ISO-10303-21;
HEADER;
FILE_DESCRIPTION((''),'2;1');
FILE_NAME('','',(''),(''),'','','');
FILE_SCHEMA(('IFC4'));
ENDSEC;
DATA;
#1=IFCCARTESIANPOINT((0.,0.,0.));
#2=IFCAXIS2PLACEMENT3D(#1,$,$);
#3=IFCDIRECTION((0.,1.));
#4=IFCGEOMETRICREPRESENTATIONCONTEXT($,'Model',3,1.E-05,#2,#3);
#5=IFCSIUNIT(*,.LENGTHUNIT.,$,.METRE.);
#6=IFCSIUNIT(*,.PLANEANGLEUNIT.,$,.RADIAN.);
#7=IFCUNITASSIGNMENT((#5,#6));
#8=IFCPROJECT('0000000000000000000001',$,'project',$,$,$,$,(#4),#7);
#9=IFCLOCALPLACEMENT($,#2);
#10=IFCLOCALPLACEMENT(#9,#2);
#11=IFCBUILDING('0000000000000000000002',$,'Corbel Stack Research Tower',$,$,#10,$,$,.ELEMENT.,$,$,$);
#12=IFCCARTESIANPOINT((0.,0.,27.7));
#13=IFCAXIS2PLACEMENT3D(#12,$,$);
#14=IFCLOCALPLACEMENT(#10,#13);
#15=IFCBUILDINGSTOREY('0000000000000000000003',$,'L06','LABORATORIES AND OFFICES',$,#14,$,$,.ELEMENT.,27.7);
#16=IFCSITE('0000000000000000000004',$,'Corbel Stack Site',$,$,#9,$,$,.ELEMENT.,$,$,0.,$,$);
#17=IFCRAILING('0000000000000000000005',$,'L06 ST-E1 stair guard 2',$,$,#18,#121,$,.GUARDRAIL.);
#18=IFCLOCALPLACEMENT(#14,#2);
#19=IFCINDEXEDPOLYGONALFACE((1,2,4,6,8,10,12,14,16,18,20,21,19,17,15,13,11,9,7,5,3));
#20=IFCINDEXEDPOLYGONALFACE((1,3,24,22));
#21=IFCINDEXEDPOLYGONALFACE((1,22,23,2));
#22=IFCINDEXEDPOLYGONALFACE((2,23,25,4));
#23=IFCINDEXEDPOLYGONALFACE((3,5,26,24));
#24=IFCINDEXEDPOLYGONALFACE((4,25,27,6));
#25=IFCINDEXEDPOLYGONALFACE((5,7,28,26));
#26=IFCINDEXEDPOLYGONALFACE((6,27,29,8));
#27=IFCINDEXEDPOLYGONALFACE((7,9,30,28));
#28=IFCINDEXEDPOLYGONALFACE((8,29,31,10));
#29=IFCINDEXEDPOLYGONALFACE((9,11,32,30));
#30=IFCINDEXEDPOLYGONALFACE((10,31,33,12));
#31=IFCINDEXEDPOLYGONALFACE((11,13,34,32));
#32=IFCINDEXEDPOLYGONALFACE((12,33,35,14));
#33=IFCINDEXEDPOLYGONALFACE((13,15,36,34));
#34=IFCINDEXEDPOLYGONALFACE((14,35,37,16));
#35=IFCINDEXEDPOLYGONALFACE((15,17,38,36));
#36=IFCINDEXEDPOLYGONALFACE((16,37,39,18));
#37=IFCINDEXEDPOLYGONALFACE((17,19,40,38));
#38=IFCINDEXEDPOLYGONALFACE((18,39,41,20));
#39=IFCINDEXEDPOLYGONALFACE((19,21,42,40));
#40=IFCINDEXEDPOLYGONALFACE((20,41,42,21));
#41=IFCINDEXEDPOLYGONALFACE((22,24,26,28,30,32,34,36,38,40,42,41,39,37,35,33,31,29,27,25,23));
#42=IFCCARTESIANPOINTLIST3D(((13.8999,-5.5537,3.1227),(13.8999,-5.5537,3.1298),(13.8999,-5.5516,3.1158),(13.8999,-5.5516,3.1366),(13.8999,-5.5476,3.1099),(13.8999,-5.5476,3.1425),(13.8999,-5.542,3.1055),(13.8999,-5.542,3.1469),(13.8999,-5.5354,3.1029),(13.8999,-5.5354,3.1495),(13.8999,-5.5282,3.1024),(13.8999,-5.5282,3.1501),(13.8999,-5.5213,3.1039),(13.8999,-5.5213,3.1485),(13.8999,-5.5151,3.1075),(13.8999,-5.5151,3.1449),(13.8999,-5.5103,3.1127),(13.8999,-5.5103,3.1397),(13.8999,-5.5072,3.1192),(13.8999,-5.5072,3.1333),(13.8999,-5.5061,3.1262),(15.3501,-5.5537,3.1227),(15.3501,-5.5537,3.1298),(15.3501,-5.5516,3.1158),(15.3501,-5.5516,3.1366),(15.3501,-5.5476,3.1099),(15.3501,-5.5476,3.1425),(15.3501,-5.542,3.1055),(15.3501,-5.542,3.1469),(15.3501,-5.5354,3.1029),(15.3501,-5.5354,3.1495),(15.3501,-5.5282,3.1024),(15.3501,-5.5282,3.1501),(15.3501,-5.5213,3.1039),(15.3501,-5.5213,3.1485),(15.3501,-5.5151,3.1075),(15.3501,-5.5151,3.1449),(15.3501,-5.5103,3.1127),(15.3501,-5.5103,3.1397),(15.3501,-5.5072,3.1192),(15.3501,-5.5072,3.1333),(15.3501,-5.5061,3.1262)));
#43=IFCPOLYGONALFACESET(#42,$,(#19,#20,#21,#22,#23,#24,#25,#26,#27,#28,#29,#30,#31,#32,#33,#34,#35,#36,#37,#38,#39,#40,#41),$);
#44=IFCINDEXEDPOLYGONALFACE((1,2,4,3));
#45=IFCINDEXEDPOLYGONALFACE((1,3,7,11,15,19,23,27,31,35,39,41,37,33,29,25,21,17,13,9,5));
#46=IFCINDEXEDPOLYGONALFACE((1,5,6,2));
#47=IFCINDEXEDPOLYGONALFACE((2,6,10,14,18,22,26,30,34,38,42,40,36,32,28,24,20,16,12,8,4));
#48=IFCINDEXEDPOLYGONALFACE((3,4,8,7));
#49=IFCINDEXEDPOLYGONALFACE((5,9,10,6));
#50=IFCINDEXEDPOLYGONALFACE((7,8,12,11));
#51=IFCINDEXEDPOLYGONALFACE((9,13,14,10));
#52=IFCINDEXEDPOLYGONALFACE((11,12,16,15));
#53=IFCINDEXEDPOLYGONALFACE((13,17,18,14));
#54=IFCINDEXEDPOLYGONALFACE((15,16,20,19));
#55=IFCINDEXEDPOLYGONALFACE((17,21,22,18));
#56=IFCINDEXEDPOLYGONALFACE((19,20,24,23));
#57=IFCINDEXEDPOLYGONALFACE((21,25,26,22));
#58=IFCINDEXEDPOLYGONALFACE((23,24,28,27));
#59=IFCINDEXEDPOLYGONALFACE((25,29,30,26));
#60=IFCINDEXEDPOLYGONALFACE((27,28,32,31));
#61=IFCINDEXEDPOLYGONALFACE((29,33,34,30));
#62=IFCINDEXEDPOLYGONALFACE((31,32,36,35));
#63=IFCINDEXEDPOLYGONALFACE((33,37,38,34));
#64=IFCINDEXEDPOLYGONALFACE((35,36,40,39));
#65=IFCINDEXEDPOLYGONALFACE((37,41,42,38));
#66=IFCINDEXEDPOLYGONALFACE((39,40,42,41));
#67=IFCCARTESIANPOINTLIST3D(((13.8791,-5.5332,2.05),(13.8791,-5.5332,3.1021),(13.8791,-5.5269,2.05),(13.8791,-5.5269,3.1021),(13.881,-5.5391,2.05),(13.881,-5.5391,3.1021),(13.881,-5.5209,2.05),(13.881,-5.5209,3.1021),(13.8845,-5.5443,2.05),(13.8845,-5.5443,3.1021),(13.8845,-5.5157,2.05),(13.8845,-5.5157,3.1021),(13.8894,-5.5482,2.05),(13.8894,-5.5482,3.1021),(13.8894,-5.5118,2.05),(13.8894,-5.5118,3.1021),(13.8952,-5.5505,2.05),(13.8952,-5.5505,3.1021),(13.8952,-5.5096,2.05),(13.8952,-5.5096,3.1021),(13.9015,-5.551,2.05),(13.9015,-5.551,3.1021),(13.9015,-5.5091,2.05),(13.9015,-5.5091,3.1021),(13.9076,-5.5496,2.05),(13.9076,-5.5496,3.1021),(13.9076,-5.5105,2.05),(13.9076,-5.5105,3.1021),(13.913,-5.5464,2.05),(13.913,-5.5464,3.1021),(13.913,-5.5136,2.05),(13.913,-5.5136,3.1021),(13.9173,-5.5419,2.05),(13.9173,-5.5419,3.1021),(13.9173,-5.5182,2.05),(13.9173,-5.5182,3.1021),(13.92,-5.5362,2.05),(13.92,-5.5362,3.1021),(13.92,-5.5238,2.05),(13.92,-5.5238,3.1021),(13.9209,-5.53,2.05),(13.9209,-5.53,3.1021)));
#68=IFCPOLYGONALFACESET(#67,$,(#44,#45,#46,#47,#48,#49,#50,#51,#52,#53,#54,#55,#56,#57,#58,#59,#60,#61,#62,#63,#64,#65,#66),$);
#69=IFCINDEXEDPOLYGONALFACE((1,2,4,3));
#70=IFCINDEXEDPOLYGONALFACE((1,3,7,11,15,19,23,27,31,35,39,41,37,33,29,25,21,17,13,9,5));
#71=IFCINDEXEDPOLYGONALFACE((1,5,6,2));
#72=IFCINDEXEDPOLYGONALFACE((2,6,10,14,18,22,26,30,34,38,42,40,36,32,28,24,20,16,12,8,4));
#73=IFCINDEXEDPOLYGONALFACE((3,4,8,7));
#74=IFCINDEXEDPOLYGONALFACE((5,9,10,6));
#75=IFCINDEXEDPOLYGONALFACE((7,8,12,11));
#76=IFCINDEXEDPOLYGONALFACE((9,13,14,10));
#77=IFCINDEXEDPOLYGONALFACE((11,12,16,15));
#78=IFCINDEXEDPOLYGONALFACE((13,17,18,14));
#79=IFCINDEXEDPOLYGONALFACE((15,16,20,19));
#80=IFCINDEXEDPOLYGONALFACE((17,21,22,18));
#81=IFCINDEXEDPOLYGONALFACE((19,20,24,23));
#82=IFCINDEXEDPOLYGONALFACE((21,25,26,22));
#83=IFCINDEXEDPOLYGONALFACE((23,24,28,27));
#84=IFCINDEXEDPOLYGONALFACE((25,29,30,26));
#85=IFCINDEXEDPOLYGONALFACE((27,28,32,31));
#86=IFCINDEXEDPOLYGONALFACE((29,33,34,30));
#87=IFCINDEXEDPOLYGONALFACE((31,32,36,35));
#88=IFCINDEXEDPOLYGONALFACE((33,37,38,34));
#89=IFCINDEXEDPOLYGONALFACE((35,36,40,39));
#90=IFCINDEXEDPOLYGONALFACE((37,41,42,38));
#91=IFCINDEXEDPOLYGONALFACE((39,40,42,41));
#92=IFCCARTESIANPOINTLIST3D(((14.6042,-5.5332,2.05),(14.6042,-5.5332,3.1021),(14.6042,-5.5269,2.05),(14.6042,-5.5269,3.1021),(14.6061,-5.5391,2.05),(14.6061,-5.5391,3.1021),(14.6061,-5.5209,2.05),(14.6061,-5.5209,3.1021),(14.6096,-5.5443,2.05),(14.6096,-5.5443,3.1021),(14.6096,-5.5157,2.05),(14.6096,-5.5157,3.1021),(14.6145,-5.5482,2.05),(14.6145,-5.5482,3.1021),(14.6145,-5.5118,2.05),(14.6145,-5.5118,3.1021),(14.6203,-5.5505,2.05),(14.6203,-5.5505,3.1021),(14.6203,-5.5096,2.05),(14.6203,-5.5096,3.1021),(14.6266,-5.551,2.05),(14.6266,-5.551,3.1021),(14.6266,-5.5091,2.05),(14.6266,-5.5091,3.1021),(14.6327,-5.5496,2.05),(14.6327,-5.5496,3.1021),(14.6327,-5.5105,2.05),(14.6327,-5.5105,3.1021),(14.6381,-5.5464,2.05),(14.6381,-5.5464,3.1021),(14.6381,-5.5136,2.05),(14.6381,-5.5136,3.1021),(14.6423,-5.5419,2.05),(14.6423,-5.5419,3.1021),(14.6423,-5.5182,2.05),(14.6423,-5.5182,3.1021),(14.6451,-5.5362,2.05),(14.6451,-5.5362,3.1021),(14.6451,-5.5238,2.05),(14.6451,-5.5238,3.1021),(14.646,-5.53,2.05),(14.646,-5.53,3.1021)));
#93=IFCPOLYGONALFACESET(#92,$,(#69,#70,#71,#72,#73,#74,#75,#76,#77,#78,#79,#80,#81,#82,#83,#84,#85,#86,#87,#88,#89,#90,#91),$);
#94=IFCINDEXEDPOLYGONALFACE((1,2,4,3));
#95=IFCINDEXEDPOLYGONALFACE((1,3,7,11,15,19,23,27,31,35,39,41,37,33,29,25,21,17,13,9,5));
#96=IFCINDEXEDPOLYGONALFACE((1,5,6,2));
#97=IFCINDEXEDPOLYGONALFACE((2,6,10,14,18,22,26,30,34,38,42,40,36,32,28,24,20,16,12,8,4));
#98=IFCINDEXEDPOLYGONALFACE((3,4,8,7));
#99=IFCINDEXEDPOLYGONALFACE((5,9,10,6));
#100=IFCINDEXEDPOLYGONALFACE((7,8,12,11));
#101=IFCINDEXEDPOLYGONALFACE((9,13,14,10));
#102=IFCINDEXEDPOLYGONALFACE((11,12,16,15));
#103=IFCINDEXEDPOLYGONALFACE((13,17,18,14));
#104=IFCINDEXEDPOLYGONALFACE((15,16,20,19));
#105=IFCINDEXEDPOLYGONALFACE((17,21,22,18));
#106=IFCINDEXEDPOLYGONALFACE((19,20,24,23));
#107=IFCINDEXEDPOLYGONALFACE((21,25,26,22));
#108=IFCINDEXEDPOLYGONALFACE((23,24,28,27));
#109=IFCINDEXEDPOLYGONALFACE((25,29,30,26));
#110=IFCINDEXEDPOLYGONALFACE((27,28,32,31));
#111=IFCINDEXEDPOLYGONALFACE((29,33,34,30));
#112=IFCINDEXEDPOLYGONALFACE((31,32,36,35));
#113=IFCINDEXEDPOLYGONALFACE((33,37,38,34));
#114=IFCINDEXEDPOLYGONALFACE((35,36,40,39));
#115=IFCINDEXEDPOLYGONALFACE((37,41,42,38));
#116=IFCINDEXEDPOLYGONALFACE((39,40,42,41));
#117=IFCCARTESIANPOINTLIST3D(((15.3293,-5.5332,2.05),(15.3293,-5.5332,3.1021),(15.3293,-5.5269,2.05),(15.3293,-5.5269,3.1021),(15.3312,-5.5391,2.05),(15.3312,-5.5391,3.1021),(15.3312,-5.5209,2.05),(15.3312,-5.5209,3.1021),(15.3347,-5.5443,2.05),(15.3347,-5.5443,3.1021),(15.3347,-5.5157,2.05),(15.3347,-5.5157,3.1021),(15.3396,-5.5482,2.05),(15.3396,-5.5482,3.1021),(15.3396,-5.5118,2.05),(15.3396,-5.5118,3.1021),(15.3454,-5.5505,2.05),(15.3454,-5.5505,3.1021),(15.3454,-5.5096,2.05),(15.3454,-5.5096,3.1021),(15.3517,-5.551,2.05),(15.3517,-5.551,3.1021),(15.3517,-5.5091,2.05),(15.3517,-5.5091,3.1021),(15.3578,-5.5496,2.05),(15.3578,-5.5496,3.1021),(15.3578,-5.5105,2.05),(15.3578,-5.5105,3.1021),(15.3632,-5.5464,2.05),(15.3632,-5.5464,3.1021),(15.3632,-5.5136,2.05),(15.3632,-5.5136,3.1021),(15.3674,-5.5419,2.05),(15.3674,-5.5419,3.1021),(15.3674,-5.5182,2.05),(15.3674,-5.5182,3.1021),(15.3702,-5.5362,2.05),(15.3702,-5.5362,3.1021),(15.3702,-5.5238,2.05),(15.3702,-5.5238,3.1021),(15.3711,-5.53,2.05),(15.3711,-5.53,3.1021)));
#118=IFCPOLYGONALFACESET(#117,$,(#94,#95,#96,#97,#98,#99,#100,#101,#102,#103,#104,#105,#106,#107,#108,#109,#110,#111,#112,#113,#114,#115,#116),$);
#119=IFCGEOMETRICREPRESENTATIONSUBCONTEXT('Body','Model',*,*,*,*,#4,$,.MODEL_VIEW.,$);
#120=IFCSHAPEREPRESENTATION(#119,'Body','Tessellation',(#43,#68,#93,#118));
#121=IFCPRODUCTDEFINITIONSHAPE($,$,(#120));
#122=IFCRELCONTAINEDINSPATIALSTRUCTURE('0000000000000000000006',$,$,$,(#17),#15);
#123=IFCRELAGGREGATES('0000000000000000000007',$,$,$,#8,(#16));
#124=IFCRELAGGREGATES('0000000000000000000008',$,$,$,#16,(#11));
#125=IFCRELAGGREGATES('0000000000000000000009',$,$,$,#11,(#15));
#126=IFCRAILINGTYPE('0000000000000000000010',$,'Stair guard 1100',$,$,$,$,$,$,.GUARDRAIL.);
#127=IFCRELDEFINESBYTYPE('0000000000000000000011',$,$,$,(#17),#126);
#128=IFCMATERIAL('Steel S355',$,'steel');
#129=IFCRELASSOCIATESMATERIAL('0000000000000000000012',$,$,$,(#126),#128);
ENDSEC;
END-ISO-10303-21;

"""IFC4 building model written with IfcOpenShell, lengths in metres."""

from ifc_helpers import new_model, si_unit, direction, frame, origin, origin_2d, place, context, subcontext, project, spatial, circle, extrude, material, type_object, element, save


model = new_model("IFC4")

# Units and contexts
model_context = context("Model", 3, precision=1e-05, world=origin(), true_north=direction((0.0, 1.0)))
body_context = subcontext(model_context, "Body", "Model", "MODEL_VIEW")
ifc_project = project(units=[si_unit("LENGTHUNIT", "METRE"), si_unit("PLANEANGLEUNIT", "RADIAN")], contexts=[model_context])

# Site, building, storey
site_placement = place(None, origin())
site = spatial("IfcSite", under=ifc_project, at=site_placement, Name="Corbel Stack Site", CompositionType="ELEMENT", RefElevation=0.0)
building_placement = place(site_placement, origin())
building = spatial("IfcBuilding", under=site, at=building_placement, Name="Corbel Stack Research Tower", CompositionType="ELEMENT")
storey_placement = place(building_placement, frame((0.0, 0.0, 27.7)))
storey = spatial("IfcBuildingStorey", under=building, at=storey_placement, Name="L06", Description="LABORATORIES AND OFFICES", CompositionType="ELEMENT", Elevation=27.7)

# Railing
ifc_material_1 = material(Name="Steel S355", Category="steel")
railing_type = type_object("IfcRailingType", Name="Stair guard 1100", PredefinedType="GUARDRAIL", material=ifc_material_1)
railing_placement = place(storey_placement, frame((13.8999, -5.53, 2.05)))
element("IfcRailing", 1, at=railing_placement, inside=storey, type_object=railing_type, Name="L06 ST-E1 stair guard 2", PredefinedType="GUARDRAIL", context=body_context, shape_type="SweptSolid", body=[
    extrude(circle(Radius=0.0239, at=origin_2d()), frame((0.0, 0.0, 1.0762), z_axis=(1.0, 0.0, 0.0), x_axis=(0.0, 1.0, 0.0)), (0.0, 0.0, 1.0), 1.4502),
    extrude(circle(Radius=0.021, at=origin_2d()), origin(), (0.0, 0.0, 1.0), 1.052),
    extrude(circle(Radius=0.021, at=origin_2d()), frame((0.7251, 0.0, 0.0)), (0.0, 0.0, 1.0), 1.052),
    extrude(circle(Radius=0.021, at=origin_2d()), frame((1.4502, 0.0, 0.0)), (0.0, 0.0, 1.0), 1.052),
])

save(model, "model.ifc")
